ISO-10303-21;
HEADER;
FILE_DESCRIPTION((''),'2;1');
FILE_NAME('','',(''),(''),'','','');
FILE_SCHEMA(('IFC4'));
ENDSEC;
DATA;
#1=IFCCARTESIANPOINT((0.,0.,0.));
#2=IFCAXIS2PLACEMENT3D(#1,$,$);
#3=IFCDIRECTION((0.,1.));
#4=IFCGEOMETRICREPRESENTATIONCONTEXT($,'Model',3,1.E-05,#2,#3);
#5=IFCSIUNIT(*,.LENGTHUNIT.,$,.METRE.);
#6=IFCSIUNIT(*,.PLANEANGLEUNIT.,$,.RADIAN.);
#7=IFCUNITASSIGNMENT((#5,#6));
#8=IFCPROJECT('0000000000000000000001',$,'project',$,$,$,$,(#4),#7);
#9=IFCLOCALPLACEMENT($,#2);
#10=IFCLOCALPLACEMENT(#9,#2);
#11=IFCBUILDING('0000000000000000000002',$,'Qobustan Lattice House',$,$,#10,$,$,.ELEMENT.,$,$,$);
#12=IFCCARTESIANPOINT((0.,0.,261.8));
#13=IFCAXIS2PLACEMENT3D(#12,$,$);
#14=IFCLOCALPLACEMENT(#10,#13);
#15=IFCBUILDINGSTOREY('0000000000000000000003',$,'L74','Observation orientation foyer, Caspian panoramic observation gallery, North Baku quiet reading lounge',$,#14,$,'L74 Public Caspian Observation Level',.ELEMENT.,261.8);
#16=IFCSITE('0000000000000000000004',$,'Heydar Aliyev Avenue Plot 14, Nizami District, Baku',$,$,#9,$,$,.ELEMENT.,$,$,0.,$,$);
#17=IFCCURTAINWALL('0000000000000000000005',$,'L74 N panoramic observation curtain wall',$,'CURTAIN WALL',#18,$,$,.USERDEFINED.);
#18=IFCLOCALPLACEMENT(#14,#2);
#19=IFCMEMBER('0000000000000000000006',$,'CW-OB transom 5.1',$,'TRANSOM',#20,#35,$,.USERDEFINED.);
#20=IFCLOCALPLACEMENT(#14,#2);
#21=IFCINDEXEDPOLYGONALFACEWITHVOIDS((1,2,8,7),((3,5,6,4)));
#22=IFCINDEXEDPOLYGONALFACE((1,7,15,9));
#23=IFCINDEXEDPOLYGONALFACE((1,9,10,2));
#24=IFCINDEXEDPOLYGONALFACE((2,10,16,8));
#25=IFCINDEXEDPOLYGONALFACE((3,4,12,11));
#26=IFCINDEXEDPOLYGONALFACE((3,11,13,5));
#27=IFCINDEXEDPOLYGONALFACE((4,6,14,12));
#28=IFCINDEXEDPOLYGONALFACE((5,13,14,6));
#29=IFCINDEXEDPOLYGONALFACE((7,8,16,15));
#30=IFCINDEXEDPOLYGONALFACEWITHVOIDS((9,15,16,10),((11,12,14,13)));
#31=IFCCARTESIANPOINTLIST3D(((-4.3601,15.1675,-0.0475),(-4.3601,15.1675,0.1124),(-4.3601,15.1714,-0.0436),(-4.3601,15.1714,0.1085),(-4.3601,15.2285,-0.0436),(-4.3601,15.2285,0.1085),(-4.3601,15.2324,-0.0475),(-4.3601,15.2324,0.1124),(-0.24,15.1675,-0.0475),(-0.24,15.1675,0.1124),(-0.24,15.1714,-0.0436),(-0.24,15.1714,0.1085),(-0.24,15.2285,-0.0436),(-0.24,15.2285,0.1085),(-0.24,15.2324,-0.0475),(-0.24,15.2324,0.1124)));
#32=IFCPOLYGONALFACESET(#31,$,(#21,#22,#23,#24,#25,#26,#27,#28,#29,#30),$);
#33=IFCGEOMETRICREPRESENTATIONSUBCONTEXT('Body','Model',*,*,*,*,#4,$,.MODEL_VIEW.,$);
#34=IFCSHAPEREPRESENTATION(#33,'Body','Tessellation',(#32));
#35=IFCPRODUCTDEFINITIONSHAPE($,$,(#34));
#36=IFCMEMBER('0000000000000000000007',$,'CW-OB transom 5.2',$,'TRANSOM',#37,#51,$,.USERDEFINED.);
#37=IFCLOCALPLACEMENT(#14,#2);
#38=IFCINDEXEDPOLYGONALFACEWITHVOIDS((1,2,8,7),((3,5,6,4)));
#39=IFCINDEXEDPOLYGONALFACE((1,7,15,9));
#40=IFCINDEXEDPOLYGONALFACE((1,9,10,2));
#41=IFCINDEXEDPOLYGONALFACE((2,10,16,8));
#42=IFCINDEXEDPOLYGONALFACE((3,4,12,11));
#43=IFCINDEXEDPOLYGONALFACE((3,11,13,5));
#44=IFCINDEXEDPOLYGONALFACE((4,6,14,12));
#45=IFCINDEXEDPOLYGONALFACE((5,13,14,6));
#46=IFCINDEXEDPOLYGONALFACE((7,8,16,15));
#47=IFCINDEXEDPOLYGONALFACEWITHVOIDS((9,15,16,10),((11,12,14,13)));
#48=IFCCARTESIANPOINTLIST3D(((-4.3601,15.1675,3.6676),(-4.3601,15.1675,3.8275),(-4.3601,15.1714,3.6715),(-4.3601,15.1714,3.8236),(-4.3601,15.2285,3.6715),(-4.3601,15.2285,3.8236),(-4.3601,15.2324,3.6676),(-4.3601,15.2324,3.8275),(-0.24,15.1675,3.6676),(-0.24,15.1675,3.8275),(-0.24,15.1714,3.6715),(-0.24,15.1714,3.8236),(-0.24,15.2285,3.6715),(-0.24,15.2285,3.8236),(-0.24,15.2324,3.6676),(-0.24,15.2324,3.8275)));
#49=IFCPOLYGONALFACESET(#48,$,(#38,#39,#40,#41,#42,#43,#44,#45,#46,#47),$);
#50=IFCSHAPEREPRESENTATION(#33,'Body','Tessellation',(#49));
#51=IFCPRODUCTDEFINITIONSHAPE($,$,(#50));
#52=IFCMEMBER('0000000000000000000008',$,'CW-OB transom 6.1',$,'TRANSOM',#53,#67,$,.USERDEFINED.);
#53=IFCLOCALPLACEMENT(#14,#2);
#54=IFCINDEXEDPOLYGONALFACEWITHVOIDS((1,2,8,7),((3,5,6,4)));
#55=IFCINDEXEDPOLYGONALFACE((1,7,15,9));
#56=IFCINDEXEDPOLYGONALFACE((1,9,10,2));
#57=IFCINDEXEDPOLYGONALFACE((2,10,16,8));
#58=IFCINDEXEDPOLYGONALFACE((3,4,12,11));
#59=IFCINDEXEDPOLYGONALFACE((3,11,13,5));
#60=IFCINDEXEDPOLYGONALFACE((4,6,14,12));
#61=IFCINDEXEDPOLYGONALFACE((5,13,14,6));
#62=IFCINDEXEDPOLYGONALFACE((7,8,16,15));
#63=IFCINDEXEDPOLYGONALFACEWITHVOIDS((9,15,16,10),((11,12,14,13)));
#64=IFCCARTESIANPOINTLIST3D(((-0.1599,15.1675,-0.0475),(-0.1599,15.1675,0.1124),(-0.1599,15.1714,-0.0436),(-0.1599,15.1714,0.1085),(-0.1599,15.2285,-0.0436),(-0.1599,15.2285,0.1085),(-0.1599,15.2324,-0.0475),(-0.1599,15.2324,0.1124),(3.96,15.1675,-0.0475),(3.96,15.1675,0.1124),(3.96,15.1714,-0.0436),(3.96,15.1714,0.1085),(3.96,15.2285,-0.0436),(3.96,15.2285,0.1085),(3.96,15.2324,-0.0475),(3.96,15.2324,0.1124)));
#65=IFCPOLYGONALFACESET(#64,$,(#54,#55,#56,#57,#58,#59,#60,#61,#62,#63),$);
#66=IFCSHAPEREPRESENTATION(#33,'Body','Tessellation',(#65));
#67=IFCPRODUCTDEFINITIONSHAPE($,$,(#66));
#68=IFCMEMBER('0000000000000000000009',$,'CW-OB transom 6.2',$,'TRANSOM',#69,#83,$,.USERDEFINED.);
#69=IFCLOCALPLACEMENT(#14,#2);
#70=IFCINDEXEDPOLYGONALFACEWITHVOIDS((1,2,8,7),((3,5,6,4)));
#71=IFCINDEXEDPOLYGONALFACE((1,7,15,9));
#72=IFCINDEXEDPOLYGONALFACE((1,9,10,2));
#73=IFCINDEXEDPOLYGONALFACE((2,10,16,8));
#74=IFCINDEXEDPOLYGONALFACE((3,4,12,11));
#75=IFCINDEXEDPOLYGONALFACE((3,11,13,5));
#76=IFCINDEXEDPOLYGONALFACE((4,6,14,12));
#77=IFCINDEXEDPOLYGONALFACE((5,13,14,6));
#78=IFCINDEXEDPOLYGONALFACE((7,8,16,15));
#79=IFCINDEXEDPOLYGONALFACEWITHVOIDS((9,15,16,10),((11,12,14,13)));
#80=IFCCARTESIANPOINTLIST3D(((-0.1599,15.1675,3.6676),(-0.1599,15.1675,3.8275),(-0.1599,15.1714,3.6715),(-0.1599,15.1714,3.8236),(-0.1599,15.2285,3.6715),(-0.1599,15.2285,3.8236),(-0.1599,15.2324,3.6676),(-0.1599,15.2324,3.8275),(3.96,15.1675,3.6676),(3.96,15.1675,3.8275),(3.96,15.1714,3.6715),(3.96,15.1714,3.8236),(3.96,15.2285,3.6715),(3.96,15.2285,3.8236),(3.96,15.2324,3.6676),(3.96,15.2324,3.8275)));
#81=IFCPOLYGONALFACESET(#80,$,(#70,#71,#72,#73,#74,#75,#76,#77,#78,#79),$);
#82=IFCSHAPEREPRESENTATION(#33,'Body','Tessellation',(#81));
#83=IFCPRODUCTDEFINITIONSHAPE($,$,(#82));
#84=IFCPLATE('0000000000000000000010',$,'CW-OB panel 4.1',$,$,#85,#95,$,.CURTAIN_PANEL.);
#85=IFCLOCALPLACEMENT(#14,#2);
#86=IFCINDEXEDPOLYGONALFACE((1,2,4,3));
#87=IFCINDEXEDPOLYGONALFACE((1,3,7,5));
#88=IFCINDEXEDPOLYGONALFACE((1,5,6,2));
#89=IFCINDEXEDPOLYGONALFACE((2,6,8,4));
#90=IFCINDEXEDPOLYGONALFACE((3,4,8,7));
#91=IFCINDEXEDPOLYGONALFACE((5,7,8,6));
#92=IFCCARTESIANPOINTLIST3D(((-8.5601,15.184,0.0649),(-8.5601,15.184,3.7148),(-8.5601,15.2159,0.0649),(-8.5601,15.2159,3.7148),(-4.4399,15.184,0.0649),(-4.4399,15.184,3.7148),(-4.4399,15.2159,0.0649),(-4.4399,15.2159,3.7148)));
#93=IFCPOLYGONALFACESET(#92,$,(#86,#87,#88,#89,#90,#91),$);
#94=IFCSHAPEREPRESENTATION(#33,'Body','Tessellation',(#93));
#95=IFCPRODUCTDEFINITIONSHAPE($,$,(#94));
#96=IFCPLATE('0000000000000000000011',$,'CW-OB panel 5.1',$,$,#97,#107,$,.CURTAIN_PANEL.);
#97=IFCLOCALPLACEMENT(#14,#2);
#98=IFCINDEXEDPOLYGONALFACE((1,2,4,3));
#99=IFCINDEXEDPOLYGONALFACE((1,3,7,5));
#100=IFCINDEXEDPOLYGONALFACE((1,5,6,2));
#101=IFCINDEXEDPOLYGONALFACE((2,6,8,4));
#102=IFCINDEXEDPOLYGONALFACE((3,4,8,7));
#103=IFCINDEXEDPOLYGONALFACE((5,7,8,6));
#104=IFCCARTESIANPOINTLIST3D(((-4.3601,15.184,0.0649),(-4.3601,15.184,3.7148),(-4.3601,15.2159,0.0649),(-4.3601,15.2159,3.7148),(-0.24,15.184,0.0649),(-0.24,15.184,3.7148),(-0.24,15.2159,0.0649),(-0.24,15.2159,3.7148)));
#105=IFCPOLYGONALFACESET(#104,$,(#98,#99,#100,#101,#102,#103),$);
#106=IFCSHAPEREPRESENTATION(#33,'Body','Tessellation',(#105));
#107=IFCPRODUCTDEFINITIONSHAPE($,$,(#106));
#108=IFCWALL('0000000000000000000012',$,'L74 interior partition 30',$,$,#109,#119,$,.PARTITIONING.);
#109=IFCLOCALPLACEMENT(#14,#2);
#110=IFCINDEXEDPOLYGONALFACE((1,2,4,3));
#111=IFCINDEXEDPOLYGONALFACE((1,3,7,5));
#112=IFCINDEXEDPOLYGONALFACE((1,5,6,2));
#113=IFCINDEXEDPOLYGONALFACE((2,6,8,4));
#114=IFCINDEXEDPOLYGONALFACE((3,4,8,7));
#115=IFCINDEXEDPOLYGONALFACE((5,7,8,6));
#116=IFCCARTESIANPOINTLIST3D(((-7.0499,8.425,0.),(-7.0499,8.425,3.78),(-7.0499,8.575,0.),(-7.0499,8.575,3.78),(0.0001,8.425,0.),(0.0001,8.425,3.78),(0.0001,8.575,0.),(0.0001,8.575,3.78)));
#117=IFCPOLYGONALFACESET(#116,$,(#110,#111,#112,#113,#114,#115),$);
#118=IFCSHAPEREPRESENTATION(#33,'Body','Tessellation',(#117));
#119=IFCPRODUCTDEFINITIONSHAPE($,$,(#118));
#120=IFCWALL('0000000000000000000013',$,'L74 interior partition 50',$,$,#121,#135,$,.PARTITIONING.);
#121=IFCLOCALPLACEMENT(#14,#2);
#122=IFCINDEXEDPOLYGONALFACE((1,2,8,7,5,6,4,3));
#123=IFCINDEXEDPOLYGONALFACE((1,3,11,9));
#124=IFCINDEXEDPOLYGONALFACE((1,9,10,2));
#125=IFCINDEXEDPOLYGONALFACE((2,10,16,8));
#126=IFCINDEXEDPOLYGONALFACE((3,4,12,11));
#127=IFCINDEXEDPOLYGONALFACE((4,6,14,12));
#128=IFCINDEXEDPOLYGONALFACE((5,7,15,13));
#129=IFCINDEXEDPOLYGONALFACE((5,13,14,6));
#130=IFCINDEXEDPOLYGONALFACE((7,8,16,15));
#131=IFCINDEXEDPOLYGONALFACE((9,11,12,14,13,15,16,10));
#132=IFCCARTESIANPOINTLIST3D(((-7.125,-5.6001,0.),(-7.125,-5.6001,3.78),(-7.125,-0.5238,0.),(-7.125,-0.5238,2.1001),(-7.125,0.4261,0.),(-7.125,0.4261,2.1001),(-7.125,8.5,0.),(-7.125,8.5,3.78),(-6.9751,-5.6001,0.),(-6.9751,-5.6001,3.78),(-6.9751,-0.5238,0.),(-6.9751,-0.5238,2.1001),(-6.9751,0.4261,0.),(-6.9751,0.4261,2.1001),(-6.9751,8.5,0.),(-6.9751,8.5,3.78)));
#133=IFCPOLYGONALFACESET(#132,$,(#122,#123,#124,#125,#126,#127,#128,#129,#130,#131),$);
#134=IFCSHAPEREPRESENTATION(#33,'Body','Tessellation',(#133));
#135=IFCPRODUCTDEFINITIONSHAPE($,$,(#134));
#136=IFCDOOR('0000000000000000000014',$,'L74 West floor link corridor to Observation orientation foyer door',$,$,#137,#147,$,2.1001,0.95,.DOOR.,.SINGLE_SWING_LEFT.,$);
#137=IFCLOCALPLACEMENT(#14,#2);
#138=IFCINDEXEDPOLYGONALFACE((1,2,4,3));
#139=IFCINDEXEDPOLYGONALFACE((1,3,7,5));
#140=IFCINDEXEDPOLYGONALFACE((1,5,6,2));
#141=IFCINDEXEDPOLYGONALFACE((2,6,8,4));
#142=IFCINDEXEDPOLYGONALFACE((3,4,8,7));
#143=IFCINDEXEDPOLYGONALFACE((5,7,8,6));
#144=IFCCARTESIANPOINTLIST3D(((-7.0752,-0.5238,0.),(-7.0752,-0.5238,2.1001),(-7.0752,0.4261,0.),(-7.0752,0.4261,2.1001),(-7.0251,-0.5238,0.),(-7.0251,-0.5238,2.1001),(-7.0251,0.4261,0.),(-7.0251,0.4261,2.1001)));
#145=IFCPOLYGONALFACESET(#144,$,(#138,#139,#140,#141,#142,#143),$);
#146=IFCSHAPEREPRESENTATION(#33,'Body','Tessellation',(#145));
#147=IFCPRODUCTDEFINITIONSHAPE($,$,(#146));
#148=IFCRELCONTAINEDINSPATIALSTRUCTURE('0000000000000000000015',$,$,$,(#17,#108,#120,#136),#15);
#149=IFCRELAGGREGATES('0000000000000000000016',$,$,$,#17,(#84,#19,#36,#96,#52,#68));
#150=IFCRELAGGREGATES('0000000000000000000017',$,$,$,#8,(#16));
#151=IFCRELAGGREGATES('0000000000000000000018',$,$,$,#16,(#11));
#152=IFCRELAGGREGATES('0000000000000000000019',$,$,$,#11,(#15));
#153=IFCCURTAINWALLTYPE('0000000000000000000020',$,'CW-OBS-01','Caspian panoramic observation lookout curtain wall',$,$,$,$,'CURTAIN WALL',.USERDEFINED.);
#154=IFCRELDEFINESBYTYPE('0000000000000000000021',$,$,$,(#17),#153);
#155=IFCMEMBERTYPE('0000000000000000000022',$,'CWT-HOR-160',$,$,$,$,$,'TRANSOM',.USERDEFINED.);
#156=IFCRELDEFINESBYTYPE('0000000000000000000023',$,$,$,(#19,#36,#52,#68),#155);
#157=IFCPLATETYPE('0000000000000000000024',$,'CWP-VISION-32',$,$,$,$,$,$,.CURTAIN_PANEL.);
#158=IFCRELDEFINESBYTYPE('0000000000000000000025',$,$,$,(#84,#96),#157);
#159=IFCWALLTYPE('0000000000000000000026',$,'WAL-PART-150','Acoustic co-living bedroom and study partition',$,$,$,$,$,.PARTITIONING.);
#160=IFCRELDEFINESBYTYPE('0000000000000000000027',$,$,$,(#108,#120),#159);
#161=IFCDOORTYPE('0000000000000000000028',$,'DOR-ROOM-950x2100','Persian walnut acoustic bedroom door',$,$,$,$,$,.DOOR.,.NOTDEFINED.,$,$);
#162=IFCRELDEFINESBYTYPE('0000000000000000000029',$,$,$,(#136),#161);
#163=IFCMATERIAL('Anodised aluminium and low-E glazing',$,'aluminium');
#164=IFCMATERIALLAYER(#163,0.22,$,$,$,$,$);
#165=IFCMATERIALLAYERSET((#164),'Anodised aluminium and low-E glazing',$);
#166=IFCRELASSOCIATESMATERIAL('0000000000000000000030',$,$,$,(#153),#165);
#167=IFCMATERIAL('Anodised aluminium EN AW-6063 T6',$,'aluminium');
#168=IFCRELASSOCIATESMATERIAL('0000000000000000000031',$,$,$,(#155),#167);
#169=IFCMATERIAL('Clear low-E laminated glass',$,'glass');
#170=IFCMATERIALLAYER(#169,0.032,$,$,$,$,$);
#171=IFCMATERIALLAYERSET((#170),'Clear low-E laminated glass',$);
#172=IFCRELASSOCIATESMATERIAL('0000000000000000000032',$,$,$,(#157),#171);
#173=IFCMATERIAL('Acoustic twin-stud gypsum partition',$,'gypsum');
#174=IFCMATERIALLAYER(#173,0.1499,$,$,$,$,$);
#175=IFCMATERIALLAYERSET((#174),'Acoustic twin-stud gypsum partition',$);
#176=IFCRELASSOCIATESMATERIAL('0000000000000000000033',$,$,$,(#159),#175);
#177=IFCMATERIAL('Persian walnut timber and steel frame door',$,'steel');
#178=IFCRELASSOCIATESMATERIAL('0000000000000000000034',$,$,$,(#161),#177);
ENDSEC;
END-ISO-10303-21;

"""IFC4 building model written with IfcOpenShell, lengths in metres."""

from ifc_helpers import new_model, si_unit, direction, frame, frame_2d, origin, origin_2d, place, context, subcontext, project, spatial, rectangle, hollow_rectangle, extrude, material, layer, layer_set, material_profile, profile_set, type_object, element, fill, aggregate, save


model = new_model("IFC4")

# Units and contexts
model_context = context("Model", 3, precision=1e-05, world=origin(), true_north=direction((0.0, 1.0)))
body_context = subcontext(model_context, "Body", "Model", "MODEL_VIEW")
ifc_project = project(units=[si_unit("LENGTHUNIT", "METRE"), si_unit("PLANEANGLEUNIT", "RADIAN")], contexts=[model_context])

# Site, building, storey
site_placement = place(None, origin())
site = spatial("IfcSite", under=ifc_project, at=site_placement, Name="Heydar Aliyev Avenue Plot 14, Nizami District, Baku", CompositionType="ELEMENT", RefElevation=0.0)
building_placement = place(site_placement, origin())
building = spatial("IfcBuilding", under=site, at=building_placement, Name="Qobustan Lattice House", CompositionType="ELEMENT")
storey_placement = place(building_placement, frame((0.0, 0.0, 261.8)))
storey = spatial("IfcBuildingStorey", under=building, at=storey_placement, Name="L74", Description="Observation orientation foyer, Caspian panoramic observation gallery, North Baku quiet reading lounge", LongName="L74 Public Caspian Observation Level", CompositionType="ELEMENT", Elevation=261.8)

# Curtain wall, members, plates
ifc_material_1 = material(Name="Anodised aluminium and low-E glazing", Category="aluminium")
ifc_layer_1 = layer(ifc_material_1, 0.22)
ifc_layer_set_1 = layer_set([ifc_layer_1], Name="Anodised aluminium and low-E glazing")
curtain_wall_type = type_object("IfcCurtainWallType", Name="CW-OBS-01", Description="Caspian panoramic observation lookout curtain wall", ElementType="CURTAIN WALL", PredefinedType="USERDEFINED", material=ifc_layer_set_1)
curtain_wall_placement = place(storey_placement, origin())
curtain_wall = element("IfcCurtainWall", 1, at=curtain_wall_placement, inside=storey, type_object=curtain_wall_type, Name="L74 N panoramic observation curtain wall", ObjectType="CURTAIN WALL", PredefinedType="USERDEFINED")
ifc_material_2 = material(Name="Anodised aluminium EN AW-6063 T6", Category="aluminium")
ifc_material_profile_1 = material_profile(ifc_material_2, hollow_rectangle(XDim=0.0649, YDim=0.1599, WallThickness=0.0039, at=origin_2d()), Name="CWT-160x65")
ifc_profile_set_1 = profile_set([ifc_material_profile_1], Name="Anodised aluminium EN AW-6063 T6")
member_type_1 = type_object("IfcMemberType", Name="CWT-HOR-160", ElementType="TRANSOM", PredefinedType="USERDEFINED", material=ifc_profile_set_1)
member_1_placement = place(storey_placement, frame((-4.3601, 15.2, 0.0325), z_axis=(1.0, 0.0, 0.0), x_axis=(0.0, 1.0, 0.0)))
member_1 = element("IfcMember", 2, at=member_1_placement, type_object=member_type_1, Name="CW-OB transom 5.1", ObjectType="TRANSOM", PredefinedType="USERDEFINED", context=body_context, shape_type="SweptSolid", body=[
    extrude(hollow_rectangle(XDim=0.0649, YDim=0.1599, WallThickness=0.0039, at=origin_2d()), origin(), (0.0, 0.0, 1.0), 4.1201),
])
member_2_placement = place(storey_placement, frame((-4.3601, 15.2, 3.7476), z_axis=(1.0, 0.0, 0.0), x_axis=(0.0, 1.0, 0.0)))
member_2 = element("IfcMember", 3, at=member_2_placement, type_object=member_type_1, Name="CW-OB transom 5.2", ObjectType="TRANSOM", PredefinedType="USERDEFINED", context=body_context, shape_type="SweptSolid", body=[
    extrude(hollow_rectangle(XDim=0.0649, YDim=0.1599, WallThickness=0.0039, at=origin_2d()), origin(), (0.0, 0.0, 1.0), 4.1201),
])
member_3_placement = place(storey_placement, frame((-0.1599, 15.2, 0.0325), z_axis=(1.0, 0.0, 0.0), x_axis=(0.0, 1.0, 0.0)))
member_3 = element("IfcMember", 4, at=member_3_placement, type_object=member_type_1, Name="CW-OB transom 6.1", ObjectType="TRANSOM", PredefinedType="USERDEFINED", context=body_context, shape_type="SweptSolid", body=[
    extrude(hollow_rectangle(XDim=0.0649, YDim=0.1599, WallThickness=0.0039, at=origin_2d()), origin(), (0.0, 0.0, 1.0), 4.1199),
])
member_4_placement = place(storey_placement, frame((-0.1599, 15.2, 3.7476), z_axis=(1.0, 0.0, 0.0), x_axis=(0.0, 1.0, 0.0)))
member_4 = element("IfcMember", 5, at=member_4_placement, type_object=member_type_1, Name="CW-OB transom 6.2", ObjectType="TRANSOM", PredefinedType="USERDEFINED", context=body_context, shape_type="SweptSolid", body=[
    extrude(hollow_rectangle(XDim=0.0649, YDim=0.1599, WallThickness=0.0039, at=origin_2d()), origin(), (0.0, 0.0, 1.0), 4.1199),
])
ifc_material_3 = material(Name="Clear low-E laminated glass", Category="glass")
ifc_layer_2 = layer(ifc_material_3, 0.032)
ifc_layer_set_2 = layer_set([ifc_layer_2], Name="Clear low-E laminated glass")
plate_type = type_object("IfcPlateType", Name="CWP-VISION-32", PredefinedType="CURTAIN_PANEL", material=ifc_layer_set_2)
plate_1_placement = place(storey_placement, frame((-6.5, 15.2, 0.0649), z_axis=(0.0, 0.0, 1.0), x_axis=(1.0, 0.0, 0.0)))
plate_1 = element("IfcPlate", 6, at=plate_1_placement, type_object=plate_type, Name="CW-OB panel 4.1", PredefinedType="CURTAIN_PANEL", context=body_context, shape_type="SweptSolid", body=[
    extrude(rectangle(XDim=4.1201, YDim=0.032, at=origin_2d()), origin(), (0.0, 0.0, 1.0), 3.6499),
])
plate_2_placement = place(storey_placement, frame((-2.3, 15.2, 0.0649), z_axis=(0.0, 0.0, 1.0), x_axis=(1.0, 0.0, 0.0)))
plate_2 = element("IfcPlate", 7, at=plate_2_placement, type_object=plate_type, Name="CW-OB panel 5.1", PredefinedType="CURTAIN_PANEL", context=body_context, shape_type="SweptSolid", body=[
    extrude(rectangle(XDim=4.1201, YDim=0.032, at=origin_2d()), origin(), (0.0, 0.0, 1.0), 3.6499),
])
aggregate(curtain_wall, [plate_1, member_1, member_2, plate_2, member_3, member_4])

# Wall
ifc_material_4 = material(Name="Acoustic twin-stud gypsum partition", Category="gypsum")
ifc_layer_3 = layer(ifc_material_4, 0.1499)
ifc_layer_set_3 = layer_set([ifc_layer_3], Name="Acoustic twin-stud gypsum partition")
wall_type = type_object("IfcWallType", Name="WAL-PART-150", Description="Acoustic co-living bedroom and study partition", PredefinedType="PARTITIONING", material=ifc_layer_set_3)
wall_1_placement = place(storey_placement, frame((0.0, 8.5, 0.0), z_axis=(0.0, 0.0, 1.0), x_axis=(-1.0, 0.0, 0.0)))
element("IfcWall", 8, at=wall_1_placement, inside=storey, type_object=wall_type, Name="L74 interior partition 30", PredefinedType="PARTITIONING", context=body_context, shape_type="SweptSolid", body=[
    extrude(rectangle(XDim=7.05, YDim=0.1499, at=frame_2d((3.5249, 0.0))), origin(), (0.0, 0.0, 1.0), 3.78),
])

# Wall, opening, door
wall_2_placement = place(storey_placement, frame((-7.05, 8.5, 0.0), z_axis=(0.0, 0.0, 1.0), x_axis=(0.0, -1.0, 0.0)))
wall_2 = element("IfcWall", 9, at=wall_2_placement, inside=storey, type_object=wall_type, Name="L74 interior partition 50", PredefinedType="PARTITIONING", context=body_context, shape_type="SweptSolid", body=[
    extrude(rectangle(XDim=14.1001, YDim=0.1499, at=frame_2d((7.05, 0.0))), origin(), (0.0, 0.0, 1.0), 3.78),
])
opening_placement = place(wall_2_placement, frame((8.0737, 0.0, 0.0)))
opening = element("IfcOpeningElement", 10, at=opening_placement, cuts=wall_2, PredefinedType="OPENING", context=body_context, shape_type="SweptSolid", body=[
    extrude(rectangle(XDim=0.95, YDim=2.1001, at=frame_2d((0.4751, 1.05))), frame((0.0, 0.085, 0.0), z_axis=(0.0, -1.0, 0.0), x_axis=(1.0, 0.0, 0.0)), (0.0, 0.0, 1.0), 0.1699),
])
ifc_material_5 = material(Name="Persian walnut timber and steel frame door", Category="steel")
door_type = type_object("IfcDoorType", Name="DOR-ROOM-950x2100", Description="Persian walnut acoustic bedroom door", OperationType="NOTDEFINED", PredefinedType="DOOR", material=ifc_material_5)
door_placement = place(opening_placement, origin())
door = element("IfcDoor", 11, at=door_placement, inside=storey, type_object=door_type, Name="L74 West floor link corridor to Observation orientation foyer door", OperationType="SINGLE_SWING_LEFT", OverallHeight=2.1001, OverallWidth=0.95, PredefinedType="DOOR", context=body_context, shape_type="SweptSolid", body=[
    extrude(rectangle(XDim=0.95, YDim=2.1001, at=frame_2d((0.4751, 1.05))), frame((0.0, 0.0249, 0.0), z_axis=(0.0, -1.0, 0.0), x_axis=(1.0, 0.0, 0.0)), (0.0, 0.0, 1.0), 0.05),
])
fill(opening, door)

save(model, "model.ifc")
